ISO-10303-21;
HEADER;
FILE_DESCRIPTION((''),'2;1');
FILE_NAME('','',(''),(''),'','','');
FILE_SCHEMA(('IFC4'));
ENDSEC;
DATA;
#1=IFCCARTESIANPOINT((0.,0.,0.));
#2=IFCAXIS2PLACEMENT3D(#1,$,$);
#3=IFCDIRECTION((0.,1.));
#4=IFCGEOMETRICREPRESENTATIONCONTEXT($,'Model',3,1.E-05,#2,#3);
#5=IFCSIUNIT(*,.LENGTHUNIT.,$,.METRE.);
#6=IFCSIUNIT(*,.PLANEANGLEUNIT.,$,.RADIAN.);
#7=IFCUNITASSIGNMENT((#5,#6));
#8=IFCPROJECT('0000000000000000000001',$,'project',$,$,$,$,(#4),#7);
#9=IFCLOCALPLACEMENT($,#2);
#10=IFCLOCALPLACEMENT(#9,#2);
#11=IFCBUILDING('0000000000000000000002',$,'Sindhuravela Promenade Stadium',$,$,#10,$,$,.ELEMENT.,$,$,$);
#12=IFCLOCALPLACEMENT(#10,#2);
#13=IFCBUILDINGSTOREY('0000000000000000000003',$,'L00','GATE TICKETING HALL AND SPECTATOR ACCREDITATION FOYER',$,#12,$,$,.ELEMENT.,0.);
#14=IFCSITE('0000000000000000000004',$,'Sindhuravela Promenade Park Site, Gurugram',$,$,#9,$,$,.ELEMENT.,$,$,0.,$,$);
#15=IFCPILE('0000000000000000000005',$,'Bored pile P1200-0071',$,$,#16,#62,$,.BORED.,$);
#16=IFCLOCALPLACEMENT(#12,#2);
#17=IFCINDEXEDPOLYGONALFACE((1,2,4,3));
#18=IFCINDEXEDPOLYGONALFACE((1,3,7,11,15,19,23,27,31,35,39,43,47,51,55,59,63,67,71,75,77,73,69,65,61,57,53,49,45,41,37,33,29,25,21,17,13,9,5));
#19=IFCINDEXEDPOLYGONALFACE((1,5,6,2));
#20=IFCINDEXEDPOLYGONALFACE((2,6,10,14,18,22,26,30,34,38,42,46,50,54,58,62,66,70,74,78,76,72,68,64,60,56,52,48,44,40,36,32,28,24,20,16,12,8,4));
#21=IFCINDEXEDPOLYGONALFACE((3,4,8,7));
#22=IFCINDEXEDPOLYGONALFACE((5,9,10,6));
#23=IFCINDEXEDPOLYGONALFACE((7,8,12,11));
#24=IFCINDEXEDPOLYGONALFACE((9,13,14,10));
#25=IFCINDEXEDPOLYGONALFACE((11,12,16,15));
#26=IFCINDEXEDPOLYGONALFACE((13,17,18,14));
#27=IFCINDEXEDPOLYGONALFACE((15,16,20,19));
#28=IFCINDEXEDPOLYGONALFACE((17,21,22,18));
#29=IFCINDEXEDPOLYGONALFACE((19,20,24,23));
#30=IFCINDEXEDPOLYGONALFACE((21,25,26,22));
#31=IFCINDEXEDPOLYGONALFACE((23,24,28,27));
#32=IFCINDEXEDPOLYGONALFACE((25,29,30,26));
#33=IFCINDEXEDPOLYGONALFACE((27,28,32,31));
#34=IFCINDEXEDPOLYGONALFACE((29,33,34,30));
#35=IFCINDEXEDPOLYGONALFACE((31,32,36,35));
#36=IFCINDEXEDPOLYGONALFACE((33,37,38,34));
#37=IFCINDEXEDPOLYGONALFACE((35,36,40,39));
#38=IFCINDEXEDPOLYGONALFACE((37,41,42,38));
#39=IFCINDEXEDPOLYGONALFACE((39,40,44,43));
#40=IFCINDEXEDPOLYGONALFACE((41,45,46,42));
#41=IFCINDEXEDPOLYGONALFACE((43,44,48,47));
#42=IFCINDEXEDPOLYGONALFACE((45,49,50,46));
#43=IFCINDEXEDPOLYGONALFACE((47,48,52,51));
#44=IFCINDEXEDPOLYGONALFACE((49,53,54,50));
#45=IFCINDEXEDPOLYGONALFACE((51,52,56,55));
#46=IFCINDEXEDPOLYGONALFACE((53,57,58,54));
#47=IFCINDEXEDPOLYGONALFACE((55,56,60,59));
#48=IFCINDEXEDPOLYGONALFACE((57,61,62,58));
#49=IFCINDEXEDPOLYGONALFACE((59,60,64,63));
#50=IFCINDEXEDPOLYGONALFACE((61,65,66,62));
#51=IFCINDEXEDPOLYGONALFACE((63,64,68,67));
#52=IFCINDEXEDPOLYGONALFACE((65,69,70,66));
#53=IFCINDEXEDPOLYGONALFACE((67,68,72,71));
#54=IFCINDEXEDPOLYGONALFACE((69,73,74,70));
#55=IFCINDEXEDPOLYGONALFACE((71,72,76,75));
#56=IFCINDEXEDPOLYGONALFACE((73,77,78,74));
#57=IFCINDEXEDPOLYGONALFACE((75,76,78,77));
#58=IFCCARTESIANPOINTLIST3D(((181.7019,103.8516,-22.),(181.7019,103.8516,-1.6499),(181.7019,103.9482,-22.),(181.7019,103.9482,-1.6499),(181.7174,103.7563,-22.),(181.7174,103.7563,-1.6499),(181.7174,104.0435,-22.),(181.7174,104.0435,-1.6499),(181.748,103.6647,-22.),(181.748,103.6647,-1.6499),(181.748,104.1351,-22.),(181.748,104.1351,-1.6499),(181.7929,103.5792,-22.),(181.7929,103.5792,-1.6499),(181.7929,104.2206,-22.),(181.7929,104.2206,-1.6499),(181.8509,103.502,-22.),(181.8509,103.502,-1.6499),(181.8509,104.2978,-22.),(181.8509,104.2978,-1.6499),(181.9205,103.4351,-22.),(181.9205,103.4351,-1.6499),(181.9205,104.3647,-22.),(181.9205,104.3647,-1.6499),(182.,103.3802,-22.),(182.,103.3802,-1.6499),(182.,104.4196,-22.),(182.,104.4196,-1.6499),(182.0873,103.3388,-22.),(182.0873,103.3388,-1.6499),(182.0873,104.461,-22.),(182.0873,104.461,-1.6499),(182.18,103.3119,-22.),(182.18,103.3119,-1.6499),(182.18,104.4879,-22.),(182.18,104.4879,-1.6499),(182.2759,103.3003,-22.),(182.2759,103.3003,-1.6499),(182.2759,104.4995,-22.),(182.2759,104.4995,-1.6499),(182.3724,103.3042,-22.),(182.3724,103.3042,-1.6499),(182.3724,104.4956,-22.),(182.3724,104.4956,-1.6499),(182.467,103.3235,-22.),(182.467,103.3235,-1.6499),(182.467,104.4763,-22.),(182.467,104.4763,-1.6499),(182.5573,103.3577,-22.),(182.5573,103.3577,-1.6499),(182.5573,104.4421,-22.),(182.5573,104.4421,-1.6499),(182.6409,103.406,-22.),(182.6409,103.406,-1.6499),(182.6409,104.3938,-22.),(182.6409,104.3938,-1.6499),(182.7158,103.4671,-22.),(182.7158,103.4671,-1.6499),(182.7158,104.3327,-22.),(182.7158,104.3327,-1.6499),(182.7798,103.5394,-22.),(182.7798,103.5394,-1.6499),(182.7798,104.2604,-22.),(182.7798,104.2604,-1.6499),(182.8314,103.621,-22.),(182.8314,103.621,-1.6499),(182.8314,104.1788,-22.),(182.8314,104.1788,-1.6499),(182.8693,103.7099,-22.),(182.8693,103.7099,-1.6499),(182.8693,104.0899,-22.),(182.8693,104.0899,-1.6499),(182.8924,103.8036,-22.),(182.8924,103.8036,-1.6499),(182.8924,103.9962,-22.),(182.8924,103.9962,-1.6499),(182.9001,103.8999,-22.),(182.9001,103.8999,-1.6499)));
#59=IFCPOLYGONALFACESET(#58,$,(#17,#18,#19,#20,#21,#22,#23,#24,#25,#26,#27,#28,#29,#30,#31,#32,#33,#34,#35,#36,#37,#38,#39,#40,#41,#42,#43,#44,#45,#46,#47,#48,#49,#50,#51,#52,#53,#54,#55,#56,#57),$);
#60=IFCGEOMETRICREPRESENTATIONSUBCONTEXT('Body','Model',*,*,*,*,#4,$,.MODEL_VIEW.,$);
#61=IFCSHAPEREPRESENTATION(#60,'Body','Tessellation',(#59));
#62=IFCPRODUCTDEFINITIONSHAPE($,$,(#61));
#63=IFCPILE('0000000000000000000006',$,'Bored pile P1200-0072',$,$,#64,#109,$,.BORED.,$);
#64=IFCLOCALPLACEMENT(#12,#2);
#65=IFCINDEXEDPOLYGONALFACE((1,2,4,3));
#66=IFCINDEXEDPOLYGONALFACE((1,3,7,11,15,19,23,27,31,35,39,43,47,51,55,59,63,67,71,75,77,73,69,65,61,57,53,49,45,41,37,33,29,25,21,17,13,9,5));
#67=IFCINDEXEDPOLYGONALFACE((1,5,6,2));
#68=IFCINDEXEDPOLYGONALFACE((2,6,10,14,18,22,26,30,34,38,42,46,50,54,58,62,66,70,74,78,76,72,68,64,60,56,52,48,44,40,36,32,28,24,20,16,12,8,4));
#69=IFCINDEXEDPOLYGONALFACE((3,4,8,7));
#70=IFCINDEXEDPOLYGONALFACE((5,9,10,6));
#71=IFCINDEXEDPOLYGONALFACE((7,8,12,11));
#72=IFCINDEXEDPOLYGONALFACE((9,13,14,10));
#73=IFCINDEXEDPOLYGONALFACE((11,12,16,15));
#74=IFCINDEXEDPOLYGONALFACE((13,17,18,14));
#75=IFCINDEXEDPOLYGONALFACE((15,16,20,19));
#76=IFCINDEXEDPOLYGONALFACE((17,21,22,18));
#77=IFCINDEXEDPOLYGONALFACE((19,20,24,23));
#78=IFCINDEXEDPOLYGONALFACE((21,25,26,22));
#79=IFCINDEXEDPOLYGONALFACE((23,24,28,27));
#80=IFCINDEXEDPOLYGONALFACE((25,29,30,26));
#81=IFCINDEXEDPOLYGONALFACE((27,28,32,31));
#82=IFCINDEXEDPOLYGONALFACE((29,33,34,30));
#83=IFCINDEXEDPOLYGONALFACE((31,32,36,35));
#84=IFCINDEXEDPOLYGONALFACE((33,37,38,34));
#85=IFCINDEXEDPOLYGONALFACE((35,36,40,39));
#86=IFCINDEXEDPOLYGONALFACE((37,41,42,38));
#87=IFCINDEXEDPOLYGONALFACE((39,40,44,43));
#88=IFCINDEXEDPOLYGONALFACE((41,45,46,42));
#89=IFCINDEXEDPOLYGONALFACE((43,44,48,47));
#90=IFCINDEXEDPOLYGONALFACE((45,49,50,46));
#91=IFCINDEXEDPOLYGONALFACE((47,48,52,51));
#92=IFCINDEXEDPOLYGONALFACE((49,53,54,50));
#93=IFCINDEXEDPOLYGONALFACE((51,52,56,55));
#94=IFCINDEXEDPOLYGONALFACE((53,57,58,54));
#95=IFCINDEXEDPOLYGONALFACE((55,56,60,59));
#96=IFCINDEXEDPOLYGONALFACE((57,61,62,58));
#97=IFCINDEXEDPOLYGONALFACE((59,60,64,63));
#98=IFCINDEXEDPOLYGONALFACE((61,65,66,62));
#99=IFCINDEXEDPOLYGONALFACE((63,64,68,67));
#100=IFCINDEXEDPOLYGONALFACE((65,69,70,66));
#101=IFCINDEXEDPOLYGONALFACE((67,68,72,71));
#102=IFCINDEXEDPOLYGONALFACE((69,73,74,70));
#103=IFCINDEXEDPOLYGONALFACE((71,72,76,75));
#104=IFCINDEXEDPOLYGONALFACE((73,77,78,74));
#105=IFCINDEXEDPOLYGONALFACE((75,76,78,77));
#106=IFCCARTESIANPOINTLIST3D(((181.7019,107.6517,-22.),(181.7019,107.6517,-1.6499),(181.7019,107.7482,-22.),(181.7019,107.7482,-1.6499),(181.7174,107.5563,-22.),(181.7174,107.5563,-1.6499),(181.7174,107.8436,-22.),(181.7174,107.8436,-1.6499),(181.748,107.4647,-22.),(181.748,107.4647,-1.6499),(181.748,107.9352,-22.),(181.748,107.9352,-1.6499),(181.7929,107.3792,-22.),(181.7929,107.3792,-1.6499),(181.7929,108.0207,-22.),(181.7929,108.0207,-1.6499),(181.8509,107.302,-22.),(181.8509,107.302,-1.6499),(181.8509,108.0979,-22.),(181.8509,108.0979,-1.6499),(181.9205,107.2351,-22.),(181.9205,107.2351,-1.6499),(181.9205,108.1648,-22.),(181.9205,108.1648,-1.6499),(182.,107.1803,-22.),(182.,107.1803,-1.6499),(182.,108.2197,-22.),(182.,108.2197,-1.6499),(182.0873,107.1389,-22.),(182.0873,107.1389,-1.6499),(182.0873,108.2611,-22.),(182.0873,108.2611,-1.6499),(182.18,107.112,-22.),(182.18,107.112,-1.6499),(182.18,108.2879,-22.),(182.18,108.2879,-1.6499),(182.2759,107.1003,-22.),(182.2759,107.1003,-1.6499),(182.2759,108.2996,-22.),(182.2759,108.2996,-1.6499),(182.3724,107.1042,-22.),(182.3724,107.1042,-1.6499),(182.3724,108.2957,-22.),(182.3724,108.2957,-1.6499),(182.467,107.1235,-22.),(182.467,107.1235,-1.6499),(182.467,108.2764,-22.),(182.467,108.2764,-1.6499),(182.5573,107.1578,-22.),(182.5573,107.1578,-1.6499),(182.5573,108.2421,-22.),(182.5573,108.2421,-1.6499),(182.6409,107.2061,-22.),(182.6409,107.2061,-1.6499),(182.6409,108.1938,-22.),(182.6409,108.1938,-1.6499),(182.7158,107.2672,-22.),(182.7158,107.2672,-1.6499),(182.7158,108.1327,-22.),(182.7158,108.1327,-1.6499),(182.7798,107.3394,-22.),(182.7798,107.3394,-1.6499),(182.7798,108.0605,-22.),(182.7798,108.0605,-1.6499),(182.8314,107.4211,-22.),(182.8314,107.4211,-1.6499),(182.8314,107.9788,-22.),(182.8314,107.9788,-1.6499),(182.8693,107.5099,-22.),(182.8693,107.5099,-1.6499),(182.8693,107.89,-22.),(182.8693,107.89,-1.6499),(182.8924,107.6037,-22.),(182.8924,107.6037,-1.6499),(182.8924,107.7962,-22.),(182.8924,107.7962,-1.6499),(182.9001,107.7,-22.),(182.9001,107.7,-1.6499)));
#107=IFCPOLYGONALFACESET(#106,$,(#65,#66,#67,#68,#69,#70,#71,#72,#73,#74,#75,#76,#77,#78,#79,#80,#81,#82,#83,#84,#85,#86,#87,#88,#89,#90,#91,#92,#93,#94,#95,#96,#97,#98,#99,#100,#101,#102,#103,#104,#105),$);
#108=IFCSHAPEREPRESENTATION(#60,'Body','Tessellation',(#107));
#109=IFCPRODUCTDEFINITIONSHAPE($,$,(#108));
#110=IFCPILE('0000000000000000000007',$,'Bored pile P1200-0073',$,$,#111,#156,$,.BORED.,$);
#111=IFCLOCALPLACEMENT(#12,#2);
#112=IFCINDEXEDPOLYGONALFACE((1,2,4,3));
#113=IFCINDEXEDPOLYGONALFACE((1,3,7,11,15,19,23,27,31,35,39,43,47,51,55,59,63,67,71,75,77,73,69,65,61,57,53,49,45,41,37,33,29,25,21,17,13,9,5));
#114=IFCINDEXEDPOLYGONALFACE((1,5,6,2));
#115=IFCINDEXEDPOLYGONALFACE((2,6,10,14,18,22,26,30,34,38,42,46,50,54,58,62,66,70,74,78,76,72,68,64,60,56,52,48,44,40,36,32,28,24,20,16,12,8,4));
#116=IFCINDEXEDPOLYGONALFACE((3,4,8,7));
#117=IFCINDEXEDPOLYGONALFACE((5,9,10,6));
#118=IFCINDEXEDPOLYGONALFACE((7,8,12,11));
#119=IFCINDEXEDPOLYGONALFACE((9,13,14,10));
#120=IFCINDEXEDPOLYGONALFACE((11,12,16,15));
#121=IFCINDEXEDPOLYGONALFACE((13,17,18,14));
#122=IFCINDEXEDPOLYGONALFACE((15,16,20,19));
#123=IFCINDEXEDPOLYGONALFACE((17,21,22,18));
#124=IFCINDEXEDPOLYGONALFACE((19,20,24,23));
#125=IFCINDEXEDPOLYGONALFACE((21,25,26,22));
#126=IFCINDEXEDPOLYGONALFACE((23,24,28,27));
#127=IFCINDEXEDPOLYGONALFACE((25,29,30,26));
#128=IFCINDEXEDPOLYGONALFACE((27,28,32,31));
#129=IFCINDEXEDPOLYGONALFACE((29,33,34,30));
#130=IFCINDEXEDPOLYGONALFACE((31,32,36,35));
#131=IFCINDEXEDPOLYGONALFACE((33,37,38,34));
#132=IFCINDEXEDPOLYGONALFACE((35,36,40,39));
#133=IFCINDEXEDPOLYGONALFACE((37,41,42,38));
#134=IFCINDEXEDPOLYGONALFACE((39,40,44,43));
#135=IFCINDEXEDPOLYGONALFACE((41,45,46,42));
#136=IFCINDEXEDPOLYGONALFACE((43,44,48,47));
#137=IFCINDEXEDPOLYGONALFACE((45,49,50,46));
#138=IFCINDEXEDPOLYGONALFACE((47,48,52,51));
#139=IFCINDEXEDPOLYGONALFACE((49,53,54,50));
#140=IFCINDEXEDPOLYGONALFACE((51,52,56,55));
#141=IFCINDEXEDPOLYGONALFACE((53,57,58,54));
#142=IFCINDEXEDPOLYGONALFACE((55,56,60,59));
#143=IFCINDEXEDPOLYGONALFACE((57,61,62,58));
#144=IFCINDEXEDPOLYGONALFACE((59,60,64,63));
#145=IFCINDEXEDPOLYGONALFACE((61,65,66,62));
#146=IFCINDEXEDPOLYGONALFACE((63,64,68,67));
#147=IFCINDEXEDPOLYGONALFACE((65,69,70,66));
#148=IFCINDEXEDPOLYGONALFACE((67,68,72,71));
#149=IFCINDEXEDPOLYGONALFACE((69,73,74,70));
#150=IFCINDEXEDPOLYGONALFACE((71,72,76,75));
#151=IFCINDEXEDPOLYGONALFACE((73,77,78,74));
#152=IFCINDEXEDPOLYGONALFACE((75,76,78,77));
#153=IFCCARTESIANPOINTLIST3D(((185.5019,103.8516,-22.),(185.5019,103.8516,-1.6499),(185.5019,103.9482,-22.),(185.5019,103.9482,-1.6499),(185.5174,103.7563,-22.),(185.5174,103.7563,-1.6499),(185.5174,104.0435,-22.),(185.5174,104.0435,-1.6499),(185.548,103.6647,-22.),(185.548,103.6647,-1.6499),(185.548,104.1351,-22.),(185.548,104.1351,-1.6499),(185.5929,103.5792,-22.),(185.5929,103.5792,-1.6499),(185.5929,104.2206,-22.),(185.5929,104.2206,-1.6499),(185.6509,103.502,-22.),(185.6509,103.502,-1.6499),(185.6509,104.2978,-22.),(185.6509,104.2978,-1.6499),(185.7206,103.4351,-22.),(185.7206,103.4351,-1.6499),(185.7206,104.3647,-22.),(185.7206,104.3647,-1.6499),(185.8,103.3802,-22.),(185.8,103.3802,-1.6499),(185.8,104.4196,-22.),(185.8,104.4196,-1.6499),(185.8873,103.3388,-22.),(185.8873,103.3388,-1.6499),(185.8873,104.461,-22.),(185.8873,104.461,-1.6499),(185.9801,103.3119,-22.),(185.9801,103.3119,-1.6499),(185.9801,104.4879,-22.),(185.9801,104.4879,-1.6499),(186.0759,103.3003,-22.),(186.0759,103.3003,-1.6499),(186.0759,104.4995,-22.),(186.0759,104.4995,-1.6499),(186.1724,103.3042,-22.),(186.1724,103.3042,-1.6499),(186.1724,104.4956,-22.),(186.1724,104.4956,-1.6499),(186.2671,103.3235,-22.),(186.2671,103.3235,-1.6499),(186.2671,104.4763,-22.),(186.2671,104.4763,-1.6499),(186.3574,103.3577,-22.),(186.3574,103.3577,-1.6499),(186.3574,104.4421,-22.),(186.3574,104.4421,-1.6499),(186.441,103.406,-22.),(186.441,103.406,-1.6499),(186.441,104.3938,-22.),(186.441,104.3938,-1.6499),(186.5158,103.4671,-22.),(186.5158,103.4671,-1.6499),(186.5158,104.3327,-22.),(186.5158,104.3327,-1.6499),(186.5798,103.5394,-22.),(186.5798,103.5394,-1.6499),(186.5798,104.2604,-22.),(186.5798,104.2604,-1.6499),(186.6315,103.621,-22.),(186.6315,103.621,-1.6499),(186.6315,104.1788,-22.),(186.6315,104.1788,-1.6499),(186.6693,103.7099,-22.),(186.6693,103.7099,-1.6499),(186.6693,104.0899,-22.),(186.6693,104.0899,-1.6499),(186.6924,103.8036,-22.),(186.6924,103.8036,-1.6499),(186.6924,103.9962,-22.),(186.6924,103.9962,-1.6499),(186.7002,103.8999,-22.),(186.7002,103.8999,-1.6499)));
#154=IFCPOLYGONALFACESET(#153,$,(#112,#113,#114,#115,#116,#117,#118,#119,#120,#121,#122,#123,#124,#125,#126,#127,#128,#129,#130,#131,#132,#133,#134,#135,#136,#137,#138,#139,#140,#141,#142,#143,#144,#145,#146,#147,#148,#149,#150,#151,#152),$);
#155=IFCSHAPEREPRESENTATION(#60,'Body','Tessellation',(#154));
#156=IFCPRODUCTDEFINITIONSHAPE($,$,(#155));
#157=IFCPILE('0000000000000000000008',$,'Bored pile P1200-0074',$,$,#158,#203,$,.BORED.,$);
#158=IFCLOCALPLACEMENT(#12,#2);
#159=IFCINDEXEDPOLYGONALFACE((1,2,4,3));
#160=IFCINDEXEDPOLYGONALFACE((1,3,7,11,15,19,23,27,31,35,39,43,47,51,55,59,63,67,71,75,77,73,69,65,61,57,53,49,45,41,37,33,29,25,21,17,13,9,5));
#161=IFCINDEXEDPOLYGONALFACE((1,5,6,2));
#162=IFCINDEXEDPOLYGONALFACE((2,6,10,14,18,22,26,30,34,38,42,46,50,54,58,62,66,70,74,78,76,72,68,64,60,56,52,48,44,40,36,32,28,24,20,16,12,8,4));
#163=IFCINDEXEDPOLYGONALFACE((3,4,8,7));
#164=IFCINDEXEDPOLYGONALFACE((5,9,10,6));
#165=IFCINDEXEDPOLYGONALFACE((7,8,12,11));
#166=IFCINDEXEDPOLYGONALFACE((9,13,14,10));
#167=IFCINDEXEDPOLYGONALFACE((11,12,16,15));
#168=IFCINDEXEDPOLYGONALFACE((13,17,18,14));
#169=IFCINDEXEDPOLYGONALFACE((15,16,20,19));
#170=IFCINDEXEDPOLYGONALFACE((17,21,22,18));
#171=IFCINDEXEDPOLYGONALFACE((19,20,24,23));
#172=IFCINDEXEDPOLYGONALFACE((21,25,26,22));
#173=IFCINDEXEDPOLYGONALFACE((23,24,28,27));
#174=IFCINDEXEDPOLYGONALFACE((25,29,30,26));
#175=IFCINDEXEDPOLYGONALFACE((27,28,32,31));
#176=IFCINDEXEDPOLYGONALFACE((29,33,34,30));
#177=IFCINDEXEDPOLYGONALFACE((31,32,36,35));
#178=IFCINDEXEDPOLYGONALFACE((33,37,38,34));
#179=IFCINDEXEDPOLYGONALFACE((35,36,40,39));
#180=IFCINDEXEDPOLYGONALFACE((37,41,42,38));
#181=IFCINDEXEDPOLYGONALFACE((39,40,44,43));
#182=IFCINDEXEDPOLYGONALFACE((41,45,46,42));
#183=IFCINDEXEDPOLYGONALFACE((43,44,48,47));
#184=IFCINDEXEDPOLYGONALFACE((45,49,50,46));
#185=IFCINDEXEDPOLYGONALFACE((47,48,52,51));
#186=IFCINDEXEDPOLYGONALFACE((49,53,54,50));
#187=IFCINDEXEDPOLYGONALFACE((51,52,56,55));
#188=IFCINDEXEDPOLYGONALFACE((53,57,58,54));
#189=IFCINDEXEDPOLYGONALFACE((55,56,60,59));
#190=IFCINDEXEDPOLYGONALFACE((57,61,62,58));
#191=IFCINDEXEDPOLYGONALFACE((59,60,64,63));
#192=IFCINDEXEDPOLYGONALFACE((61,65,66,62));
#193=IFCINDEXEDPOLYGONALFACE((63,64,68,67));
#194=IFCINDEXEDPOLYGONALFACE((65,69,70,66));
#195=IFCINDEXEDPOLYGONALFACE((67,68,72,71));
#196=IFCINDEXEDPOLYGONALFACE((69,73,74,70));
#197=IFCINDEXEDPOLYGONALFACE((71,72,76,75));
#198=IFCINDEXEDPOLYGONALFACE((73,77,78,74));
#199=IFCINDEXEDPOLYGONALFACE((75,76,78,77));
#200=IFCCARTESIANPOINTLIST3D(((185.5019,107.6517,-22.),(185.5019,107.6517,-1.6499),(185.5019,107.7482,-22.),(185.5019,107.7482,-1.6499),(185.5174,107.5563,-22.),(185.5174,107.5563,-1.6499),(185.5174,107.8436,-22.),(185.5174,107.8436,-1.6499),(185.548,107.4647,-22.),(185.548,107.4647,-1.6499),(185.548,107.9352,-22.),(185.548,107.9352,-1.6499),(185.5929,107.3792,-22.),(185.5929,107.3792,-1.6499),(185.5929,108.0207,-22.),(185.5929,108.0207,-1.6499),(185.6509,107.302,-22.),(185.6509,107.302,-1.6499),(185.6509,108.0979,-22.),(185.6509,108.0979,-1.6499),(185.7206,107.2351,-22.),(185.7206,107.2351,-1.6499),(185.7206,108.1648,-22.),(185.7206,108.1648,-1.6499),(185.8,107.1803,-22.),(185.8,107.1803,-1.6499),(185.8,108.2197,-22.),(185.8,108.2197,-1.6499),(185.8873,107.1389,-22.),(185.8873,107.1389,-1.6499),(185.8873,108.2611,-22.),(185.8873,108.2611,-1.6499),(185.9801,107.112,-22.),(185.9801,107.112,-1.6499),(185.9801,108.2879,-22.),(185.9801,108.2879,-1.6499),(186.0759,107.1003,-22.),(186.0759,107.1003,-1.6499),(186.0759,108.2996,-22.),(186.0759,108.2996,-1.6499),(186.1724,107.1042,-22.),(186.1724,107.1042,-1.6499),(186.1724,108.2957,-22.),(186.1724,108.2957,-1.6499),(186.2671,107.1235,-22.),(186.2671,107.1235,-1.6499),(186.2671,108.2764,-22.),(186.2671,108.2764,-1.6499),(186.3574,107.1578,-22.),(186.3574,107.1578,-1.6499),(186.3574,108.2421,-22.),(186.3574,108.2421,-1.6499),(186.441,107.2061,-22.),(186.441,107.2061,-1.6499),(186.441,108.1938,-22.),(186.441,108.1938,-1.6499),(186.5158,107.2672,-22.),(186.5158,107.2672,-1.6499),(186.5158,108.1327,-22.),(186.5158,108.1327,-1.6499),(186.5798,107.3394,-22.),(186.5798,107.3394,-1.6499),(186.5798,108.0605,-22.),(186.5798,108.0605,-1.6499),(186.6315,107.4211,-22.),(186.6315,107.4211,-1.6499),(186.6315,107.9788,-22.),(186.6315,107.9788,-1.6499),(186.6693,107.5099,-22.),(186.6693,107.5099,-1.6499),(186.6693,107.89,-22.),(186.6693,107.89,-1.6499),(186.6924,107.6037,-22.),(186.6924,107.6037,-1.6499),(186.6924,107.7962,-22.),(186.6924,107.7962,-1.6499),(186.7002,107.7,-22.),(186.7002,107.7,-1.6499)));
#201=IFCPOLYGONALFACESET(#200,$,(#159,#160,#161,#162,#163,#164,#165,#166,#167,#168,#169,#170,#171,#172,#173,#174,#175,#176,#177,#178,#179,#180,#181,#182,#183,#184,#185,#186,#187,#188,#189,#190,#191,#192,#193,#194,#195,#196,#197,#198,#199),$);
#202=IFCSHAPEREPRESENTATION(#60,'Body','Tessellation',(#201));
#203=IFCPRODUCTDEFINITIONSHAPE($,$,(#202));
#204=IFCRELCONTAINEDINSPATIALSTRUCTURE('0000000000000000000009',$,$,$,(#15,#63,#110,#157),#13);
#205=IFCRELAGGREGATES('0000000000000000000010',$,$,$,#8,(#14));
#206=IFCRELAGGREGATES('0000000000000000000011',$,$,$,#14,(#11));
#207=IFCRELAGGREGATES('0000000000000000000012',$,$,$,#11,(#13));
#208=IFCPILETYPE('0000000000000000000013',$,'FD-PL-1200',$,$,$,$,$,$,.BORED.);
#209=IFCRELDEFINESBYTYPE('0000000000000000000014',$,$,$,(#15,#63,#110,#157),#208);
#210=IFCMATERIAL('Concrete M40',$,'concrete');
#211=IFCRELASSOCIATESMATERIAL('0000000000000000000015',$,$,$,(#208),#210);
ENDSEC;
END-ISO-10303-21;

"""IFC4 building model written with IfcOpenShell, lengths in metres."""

from ifc_helpers import new_model, si_unit, direction, frame, origin, origin_2d, place, context, subcontext, project, spatial, circle, extrude, material, material_profile, profile_set, type_object, element, save


model = new_model("IFC4")

# Units and contexts
model_context = context("Model", 3, precision=1e-05, world=origin(), true_north=direction((0.0, 1.0)))
body_context = subcontext(model_context, "Body", "Model", "MODEL_VIEW")
ifc_project = project(units=[si_unit("LENGTHUNIT", "METRE"), si_unit("PLANEANGLEUNIT", "RADIAN")], contexts=[model_context])

# Site, building, storey
site_placement = place(None, origin())
site = spatial("IfcSite", under=ifc_project, at=site_placement, Name="Sindhuravela Promenade Park Site, Gurugram", CompositionType="ELEMENT", RefElevation=0.0)
building_placement = place(site_placement, origin())
building = spatial("IfcBuilding", under=site, at=building_placement, Name="Sindhuravela Promenade Stadium", CompositionType="ELEMENT")
storey_placement = place(building_placement, origin())
storey = spatial("IfcBuildingStorey", under=building, at=storey_placement, Name="L00", Description="GATE TICKETING HALL AND SPECTATOR ACCREDITATION FOYER", CompositionType="ELEMENT", Elevation=0.0)

# Piles
ifc_material_1 = material(Name="Concrete M40", Category="concrete")
ifc_material_profile_1 = material_profile(ifc_material_1, circle(Radius=0.6001, at=origin_2d()), Name="BORED PILE D1200")
ifc_profile_set_1 = profile_set([ifc_material_profile_1], Name="Concrete M40")
pile_type_1 = type_object("IfcPileType", Name="FD-PL-1200", PredefinedType="BORED", material=ifc_profile_set_1)
for number, where, z_axis, x_axis, name in (
    (1, (182.3, 103.8999, -1.6499), (0.0, 0.0, -1.0), (1.0, 0.0, 0.0), "Bored pile P1200-0071"),
    (2, (182.3, 107.7, -1.6499), (0.0, 0.0, -1.0), (1.0, 0.0, 0.0), "Bored pile P1200-0072"),
    (3, (186.1001, 103.8999, -1.6499), (0.0, 0.0, -1.0), (1.0, 0.0, 0.0), "Bored pile P1200-0073"),
    (4, (186.1001, 107.7, -1.6499), (0.0, 0.0, -1.0), (1.0, 0.0, 0.0), "Bored pile P1200-0074"),
):
    element("IfcPile", number, at=place(storey_placement, frame(where, z_axis=z_axis, x_axis=x_axis)), inside=storey, type_object=pile_type_1, Name=name, PredefinedType="BORED", context=body_context, shape_type="SweptSolid", body=[
        extrude(circle(Radius=0.6001, at=origin_2d()), origin(), (0.0, 0.0, 1.0), 20.3501),
    ])

save(model, "model.ifc")
